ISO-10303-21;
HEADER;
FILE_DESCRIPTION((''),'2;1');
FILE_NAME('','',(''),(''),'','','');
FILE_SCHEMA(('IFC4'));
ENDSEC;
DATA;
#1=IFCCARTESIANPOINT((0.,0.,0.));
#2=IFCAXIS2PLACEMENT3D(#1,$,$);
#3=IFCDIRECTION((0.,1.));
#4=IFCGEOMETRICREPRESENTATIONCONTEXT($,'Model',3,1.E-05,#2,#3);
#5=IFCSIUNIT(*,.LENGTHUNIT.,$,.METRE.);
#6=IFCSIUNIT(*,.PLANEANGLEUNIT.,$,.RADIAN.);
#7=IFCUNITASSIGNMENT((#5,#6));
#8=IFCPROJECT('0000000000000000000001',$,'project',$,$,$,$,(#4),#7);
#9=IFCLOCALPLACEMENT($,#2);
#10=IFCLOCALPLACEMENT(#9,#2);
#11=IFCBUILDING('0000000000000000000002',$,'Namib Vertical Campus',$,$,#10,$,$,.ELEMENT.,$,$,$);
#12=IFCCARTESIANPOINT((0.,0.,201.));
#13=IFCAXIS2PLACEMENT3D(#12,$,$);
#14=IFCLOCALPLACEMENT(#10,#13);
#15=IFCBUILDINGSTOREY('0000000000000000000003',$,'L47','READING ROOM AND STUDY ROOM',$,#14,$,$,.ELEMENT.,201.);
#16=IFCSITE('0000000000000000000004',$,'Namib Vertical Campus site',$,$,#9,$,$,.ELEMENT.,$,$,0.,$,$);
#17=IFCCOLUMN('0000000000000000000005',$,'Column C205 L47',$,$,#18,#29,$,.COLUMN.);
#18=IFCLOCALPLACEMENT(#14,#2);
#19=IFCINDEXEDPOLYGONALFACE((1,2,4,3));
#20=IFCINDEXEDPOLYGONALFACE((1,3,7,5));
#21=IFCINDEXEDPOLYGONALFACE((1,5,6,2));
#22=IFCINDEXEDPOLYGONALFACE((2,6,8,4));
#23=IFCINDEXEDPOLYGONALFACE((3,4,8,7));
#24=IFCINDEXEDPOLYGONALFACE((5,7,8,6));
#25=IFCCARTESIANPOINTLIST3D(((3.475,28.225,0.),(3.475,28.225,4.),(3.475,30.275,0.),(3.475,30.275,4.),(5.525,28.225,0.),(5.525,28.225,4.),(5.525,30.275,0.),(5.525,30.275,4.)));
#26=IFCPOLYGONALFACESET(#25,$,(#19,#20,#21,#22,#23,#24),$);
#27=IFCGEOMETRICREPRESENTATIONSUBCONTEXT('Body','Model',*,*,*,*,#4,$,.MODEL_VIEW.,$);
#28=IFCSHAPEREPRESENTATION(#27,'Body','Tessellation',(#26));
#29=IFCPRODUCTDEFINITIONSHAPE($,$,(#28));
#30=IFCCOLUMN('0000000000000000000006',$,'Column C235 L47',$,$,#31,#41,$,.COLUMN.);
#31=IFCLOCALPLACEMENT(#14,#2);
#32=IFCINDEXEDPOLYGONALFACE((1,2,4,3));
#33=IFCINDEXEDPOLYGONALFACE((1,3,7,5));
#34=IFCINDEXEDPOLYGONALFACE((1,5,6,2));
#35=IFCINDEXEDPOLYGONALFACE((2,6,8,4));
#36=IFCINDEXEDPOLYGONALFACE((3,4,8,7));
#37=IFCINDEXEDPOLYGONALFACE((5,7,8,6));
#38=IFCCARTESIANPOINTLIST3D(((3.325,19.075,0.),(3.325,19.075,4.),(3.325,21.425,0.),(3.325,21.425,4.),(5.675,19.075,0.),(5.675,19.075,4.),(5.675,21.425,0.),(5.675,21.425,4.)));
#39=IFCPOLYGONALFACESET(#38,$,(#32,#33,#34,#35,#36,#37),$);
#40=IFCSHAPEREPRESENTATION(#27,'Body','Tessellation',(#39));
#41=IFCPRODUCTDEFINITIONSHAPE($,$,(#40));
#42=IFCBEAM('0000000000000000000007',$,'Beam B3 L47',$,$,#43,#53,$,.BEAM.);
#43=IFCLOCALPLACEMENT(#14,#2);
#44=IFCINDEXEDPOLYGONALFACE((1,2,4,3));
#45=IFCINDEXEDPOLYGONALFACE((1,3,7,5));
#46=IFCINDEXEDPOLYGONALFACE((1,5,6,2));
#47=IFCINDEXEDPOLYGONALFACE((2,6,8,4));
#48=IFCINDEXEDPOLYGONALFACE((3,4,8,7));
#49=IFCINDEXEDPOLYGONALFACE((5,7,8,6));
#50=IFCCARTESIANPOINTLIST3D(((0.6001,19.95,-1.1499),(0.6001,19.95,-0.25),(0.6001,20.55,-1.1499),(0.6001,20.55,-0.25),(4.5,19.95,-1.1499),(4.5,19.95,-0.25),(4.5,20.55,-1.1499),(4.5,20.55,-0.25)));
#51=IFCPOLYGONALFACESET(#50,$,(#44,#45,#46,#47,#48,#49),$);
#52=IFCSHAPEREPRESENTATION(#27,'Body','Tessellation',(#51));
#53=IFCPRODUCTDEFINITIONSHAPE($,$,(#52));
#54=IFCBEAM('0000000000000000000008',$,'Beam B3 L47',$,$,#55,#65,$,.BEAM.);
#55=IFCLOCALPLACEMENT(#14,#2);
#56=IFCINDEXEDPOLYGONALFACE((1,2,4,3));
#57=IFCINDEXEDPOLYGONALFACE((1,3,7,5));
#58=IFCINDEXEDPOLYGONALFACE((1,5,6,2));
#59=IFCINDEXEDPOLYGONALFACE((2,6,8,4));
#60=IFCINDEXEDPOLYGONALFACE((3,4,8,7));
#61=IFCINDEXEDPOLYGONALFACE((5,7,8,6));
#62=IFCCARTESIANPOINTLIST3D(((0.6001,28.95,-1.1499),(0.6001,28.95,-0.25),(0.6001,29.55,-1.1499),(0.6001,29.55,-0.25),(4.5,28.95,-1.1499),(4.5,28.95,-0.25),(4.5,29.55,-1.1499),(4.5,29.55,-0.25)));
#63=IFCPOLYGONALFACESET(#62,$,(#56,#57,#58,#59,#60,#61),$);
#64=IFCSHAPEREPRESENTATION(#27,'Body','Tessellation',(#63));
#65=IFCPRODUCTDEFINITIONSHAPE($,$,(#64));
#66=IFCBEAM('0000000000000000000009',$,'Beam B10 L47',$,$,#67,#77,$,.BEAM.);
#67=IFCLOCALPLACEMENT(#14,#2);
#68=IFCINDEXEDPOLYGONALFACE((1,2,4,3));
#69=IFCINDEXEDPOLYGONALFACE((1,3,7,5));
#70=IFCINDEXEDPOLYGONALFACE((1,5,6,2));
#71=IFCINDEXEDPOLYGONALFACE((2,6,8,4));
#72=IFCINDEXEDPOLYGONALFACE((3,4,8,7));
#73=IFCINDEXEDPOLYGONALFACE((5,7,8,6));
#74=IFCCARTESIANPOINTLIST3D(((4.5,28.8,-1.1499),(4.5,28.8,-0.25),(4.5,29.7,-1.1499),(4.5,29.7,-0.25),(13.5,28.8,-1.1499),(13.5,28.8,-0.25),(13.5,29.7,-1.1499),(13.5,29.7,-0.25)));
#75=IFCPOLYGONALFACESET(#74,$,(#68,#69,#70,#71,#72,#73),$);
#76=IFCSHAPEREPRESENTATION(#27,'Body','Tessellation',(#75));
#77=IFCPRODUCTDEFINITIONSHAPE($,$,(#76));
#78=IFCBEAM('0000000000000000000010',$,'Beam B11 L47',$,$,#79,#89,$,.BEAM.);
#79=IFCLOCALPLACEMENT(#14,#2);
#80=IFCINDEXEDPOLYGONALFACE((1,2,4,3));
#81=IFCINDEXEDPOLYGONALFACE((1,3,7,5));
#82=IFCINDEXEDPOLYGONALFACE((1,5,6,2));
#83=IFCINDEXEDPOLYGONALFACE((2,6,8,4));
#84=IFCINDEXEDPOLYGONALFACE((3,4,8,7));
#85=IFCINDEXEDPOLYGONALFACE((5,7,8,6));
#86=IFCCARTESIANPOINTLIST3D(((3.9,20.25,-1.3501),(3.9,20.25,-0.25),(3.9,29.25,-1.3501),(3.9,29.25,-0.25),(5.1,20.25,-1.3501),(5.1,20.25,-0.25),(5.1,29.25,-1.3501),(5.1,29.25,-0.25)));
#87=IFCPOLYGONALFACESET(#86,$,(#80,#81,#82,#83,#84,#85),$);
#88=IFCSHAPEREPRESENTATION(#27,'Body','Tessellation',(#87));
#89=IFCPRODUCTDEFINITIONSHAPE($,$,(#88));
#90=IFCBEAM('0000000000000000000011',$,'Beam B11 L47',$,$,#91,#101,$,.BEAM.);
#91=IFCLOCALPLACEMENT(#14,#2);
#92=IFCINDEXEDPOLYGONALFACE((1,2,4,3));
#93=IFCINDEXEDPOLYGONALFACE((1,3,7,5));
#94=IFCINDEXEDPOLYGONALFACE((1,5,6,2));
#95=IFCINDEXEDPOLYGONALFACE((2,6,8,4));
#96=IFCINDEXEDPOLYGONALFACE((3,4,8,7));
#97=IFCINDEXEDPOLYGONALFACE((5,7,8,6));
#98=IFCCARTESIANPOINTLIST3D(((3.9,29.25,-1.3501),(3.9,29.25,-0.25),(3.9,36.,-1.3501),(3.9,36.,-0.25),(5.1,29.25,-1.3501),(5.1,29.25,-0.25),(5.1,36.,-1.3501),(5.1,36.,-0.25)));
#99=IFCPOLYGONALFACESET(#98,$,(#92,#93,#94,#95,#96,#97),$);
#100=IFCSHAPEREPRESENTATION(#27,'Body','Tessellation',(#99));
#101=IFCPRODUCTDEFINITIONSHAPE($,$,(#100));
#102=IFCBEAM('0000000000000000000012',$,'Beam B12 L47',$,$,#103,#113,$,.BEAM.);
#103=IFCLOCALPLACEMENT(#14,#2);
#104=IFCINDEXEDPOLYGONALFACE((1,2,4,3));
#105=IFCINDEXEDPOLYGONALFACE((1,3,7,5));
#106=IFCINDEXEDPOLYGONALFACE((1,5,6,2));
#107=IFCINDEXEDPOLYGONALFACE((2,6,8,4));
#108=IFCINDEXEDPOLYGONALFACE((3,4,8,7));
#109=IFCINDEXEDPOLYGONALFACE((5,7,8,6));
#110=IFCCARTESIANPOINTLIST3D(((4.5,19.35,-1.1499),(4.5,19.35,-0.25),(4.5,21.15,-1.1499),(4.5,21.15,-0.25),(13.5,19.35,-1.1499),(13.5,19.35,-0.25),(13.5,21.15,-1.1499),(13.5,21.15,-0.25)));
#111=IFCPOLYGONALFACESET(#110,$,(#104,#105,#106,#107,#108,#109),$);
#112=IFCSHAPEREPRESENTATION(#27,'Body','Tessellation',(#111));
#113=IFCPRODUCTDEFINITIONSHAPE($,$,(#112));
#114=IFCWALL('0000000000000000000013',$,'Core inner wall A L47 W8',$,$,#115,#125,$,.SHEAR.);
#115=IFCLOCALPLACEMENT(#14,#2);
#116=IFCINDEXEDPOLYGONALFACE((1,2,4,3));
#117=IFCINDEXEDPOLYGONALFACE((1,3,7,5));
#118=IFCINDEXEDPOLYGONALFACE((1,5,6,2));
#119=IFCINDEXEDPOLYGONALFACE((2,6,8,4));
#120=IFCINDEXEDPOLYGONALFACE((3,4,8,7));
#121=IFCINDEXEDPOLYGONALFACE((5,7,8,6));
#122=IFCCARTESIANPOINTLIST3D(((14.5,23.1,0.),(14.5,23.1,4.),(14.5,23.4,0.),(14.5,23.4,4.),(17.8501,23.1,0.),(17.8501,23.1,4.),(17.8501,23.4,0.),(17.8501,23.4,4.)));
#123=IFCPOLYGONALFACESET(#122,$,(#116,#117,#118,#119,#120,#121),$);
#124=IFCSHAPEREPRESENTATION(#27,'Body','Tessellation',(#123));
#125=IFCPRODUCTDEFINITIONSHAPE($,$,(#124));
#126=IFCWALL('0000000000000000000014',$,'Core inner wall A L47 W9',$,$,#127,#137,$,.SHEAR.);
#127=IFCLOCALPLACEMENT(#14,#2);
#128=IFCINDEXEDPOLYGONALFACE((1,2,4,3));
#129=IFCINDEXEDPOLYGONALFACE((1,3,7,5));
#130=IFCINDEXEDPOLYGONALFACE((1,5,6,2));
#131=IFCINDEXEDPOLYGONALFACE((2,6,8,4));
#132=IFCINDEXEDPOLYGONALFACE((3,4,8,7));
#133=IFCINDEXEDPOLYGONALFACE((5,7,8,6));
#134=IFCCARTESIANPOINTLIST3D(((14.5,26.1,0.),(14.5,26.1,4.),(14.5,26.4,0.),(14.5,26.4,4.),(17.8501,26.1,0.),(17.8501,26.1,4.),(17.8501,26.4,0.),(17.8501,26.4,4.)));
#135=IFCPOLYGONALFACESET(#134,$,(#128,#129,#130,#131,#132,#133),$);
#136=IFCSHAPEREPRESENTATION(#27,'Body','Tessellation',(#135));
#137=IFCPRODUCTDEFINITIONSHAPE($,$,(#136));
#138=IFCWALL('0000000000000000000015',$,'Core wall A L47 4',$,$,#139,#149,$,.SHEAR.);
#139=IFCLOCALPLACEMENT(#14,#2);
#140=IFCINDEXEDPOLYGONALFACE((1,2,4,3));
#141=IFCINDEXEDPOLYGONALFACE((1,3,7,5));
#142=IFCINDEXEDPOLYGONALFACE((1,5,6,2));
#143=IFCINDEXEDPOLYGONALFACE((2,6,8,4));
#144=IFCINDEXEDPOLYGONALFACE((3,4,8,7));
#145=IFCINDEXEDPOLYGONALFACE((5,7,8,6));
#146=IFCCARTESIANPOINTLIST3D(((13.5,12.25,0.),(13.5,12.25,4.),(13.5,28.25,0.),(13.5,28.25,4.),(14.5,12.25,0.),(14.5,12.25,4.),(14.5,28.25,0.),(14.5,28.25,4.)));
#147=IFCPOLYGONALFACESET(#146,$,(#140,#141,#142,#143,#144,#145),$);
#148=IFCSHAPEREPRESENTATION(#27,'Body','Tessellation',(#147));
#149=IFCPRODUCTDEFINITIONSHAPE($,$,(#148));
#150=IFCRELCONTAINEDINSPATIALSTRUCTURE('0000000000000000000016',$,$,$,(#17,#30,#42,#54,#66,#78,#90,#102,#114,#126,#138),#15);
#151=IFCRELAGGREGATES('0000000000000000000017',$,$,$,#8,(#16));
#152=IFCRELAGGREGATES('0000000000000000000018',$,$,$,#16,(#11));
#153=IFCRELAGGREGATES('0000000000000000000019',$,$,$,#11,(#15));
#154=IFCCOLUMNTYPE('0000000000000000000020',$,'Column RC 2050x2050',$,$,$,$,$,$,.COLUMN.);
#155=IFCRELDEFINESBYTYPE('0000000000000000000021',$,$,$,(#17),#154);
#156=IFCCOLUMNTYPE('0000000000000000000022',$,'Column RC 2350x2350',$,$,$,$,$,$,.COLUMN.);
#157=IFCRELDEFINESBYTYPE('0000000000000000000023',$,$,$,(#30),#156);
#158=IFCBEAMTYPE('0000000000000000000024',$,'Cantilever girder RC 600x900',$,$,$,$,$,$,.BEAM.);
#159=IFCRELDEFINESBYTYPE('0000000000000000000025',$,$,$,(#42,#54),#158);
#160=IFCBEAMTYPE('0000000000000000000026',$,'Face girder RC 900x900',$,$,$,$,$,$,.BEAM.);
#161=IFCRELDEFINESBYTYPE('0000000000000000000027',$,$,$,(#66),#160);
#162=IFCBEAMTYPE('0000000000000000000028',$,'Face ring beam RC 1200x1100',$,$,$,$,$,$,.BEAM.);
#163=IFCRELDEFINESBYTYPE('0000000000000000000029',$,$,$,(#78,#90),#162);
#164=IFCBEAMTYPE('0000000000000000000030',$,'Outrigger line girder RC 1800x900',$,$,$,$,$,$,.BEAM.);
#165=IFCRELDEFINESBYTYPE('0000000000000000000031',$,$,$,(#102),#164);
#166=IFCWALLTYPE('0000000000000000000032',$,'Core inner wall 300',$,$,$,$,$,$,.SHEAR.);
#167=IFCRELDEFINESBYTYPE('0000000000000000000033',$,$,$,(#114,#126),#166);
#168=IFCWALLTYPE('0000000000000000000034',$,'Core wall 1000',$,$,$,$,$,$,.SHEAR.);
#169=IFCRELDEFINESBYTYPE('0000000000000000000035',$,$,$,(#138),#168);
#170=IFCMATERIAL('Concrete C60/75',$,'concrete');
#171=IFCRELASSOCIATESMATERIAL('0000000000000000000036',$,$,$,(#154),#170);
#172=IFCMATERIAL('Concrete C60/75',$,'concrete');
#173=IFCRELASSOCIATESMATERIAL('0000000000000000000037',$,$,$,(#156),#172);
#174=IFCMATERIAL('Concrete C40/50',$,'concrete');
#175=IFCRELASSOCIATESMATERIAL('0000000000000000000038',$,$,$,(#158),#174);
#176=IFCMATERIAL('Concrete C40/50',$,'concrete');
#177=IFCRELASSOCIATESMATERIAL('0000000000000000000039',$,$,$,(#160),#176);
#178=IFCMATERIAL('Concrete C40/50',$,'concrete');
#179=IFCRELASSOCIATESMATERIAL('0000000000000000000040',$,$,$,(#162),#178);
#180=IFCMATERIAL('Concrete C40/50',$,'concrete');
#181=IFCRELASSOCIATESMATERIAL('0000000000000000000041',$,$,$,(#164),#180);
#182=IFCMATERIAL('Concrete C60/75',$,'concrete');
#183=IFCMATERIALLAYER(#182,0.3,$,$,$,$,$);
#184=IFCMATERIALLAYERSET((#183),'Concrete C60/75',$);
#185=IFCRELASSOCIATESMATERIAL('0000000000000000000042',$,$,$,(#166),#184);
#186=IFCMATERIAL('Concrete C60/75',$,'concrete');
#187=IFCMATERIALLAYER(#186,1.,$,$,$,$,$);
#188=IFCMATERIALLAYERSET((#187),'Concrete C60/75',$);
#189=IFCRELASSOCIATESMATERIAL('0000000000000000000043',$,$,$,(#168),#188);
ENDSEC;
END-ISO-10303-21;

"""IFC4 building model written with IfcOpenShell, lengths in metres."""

from ifc_helpers import new_model, si_unit, direction, frame, frame_2d, origin, origin_2d, place, context, subcontext, project, spatial, rectangle, extrude, material, layer, layer_set, material_profile, profile_set, type_object, element, save


model = new_model("IFC4")

# Units and contexts
model_context = context("Model", 3, precision=1e-05, world=origin(), true_north=direction((0.0, 1.0)))
body_context = subcontext(model_context, "Body", "Model", "MODEL_VIEW")
ifc_project = project(units=[si_unit("LENGTHUNIT", "METRE"), si_unit("PLANEANGLEUNIT", "RADIAN")], contexts=[model_context])

# Site, building, storey
site_placement = place(None, origin())
site = spatial("IfcSite", under=ifc_project, at=site_placement, Name="Namib Vertical Campus site", CompositionType="ELEMENT", RefElevation=0.0)
building_placement = place(site_placement, origin())
building = spatial("IfcBuilding", under=site, at=building_placement, Name="Namib Vertical Campus", CompositionType="ELEMENT")
storey_placement = place(building_placement, frame((0.0, 0.0, 201.0)))
storey = spatial("IfcBuildingStorey", under=building, at=storey_placement, Name="L47", Description="READING ROOM AND STUDY ROOM", CompositionType="ELEMENT", Elevation=201.0)

# Columns
ifc_material_1 = material(Name="Concrete C60/75", Category="concrete")
ifc_material_profile_1 = material_profile(ifc_material_1, rectangle(XDim=2.05, YDim=2.05, at=origin_2d()))
ifc_profile_set_1 = profile_set([ifc_material_profile_1], Name="Concrete C60/75")
column_type_1 = type_object("IfcColumnType", Name="Column RC 2050x2050", PredefinedType="COLUMN", material=ifc_profile_set_1)
column_1_placement = place(storey_placement, frame((4.5, 29.25, 0.0), z_axis=(0.0, 0.0, 1.0), x_axis=(1.0, 0.0, 0.0)))
element("IfcColumn", 1, at=column_1_placement, inside=storey, type_object=column_type_1, Name="Column C205 L47", PredefinedType="COLUMN", context=body_context, shape_type="SweptSolid", body=[
    extrude(rectangle(XDim=2.05, YDim=2.05, at=origin_2d()), origin(), (0.0, 0.0, 1.0), 4.0),
])
ifc_material_2 = material(Name="Concrete C60/75", Category="concrete")
ifc_material_profile_2 = material_profile(ifc_material_2, rectangle(XDim=2.3501, YDim=2.3501, at=origin_2d()))
ifc_profile_set_2 = profile_set([ifc_material_profile_2], Name="Concrete C60/75")
column_type_2 = type_object("IfcColumnType", Name="Column RC 2350x2350", PredefinedType="COLUMN", material=ifc_profile_set_2)
column_2_placement = place(storey_placement, frame((4.5, 20.25, 0.0), z_axis=(0.0, 0.0, 1.0), x_axis=(1.0, 0.0, 0.0)))
element("IfcColumn", 2, at=column_2_placement, inside=storey, type_object=column_type_2, Name="Column C235 L47", PredefinedType="COLUMN", context=body_context, shape_type="SweptSolid", body=[
    extrude(rectangle(XDim=2.3501, YDim=2.3501, at=origin_2d()), origin(), (0.0, 0.0, 1.0), 4.0),
])

# Beams
ifc_material_3 = material(Name="Concrete C40/50", Category="concrete")
ifc_material_profile_3 = material_profile(ifc_material_3, rectangle(XDim=0.6001, YDim=0.8999, at=origin_2d()))
ifc_profile_set_3 = profile_set([ifc_material_profile_3], Name="Concrete C40/50")
beam_type_1 = type_object("IfcBeamType", Name="Cantilever girder RC 600x900", PredefinedType="BEAM", material=ifc_profile_set_3)
for number, where, z_axis, x_axis, name in (
    (3, (4.5, 20.25, -0.7), (-1.0, 0.0, 0.0), (0.0, -1.0, 0.0), "Beam B3 L47"),
    (4, (4.5, 29.25, -0.7), (-1.0, 0.0, 0.0), (0.0, -1.0, 0.0), "Beam B3 L47"),
):
    element("IfcBeam", number, at=place(storey_placement, frame(where, z_axis=z_axis, x_axis=x_axis)), inside=storey, type_object=beam_type_1, Name=name, PredefinedType="BEAM", context=body_context, shape_type="SweptSolid", body=[
        extrude(rectangle(XDim=0.6001, YDim=0.8999, at=origin_2d()), origin(), (0.0, 0.0, 1.0), 3.8999),
    ])
ifc_material_4 = material(Name="Concrete C40/50", Category="concrete")
ifc_material_profile_4 = material_profile(ifc_material_4, rectangle(XDim=0.8999, YDim=0.8999, at=origin_2d()))
ifc_profile_set_4 = profile_set([ifc_material_profile_4], Name="Concrete C40/50")
beam_type_2 = type_object("IfcBeamType", Name="Face girder RC 900x900", PredefinedType="BEAM", material=ifc_profile_set_4)
beam_1_placement = place(storey_placement, frame((4.5, 29.25, -0.7), z_axis=(1.0, 0.0, 0.0), x_axis=(0.0, 1.0, 0.0)))
element("IfcBeam", 5, at=beam_1_placement, inside=storey, type_object=beam_type_2, Name="Beam B10 L47", PredefinedType="BEAM", context=body_context, shape_type="SweptSolid", body=[
    extrude(rectangle(XDim=0.8999, YDim=0.8999, at=origin_2d()), origin(), (0.0, 0.0, 1.0), 9.0),
])
ifc_material_5 = material(Name="Concrete C40/50", Category="concrete")
ifc_material_profile_5 = material_profile(ifc_material_5, rectangle(XDim=1.2, YDim=1.1001, at=origin_2d()))
ifc_profile_set_5 = profile_set([ifc_material_profile_5], Name="Concrete C40/50")
beam_type_3 = type_object("IfcBeamType", Name="Face ring beam RC 1200x1100", PredefinedType="BEAM", material=ifc_profile_set_5)
beam_2_placement = place(storey_placement, frame((4.5, 20.25, -0.8), z_axis=(0.0, 1.0, 0.0), x_axis=(-1.0, 0.0, 0.0)))
element("IfcBeam", 6, at=beam_2_placement, inside=storey, type_object=beam_type_3, Name="Beam B11 L47", PredefinedType="BEAM", context=body_context, shape_type="SweptSolid", body=[
    extrude(rectangle(XDim=1.2, YDim=1.1001, at=origin_2d()), origin(), (0.0, 0.0, 1.0), 9.0),
])
beam_3_placement = place(storey_placement, frame((4.5, 29.25, -0.8), z_axis=(0.0, 1.0, 0.0), x_axis=(-1.0, 0.0, 0.0)))
element("IfcBeam", 7, at=beam_3_placement, inside=storey, type_object=beam_type_3, Name="Beam B11 L47", PredefinedType="BEAM", context=body_context, shape_type="SweptSolid", body=[
    extrude(rectangle(XDim=1.2, YDim=1.1001, at=origin_2d()), origin(), (0.0, 0.0, 1.0), 6.75),
])
ifc_material_6 = material(Name="Concrete C40/50", Category="concrete")
ifc_material_profile_6 = material_profile(ifc_material_6, rectangle(XDim=1.8, YDim=0.8999, at=origin_2d()))
ifc_profile_set_6 = profile_set([ifc_material_profile_6], Name="Concrete C40/50")
beam_type_4 = type_object("IfcBeamType", Name="Outrigger line girder RC 1800x900", PredefinedType="BEAM", material=ifc_profile_set_6)
beam_4_placement = place(storey_placement, frame((4.5, 20.25, -0.7), z_axis=(1.0, 0.0, 0.0), x_axis=(0.0, 1.0, 0.0)))
element("IfcBeam", 8, at=beam_4_placement, inside=storey, type_object=beam_type_4, Name="Beam B12 L47", PredefinedType="BEAM", context=body_context, shape_type="SweptSolid", body=[
    extrude(rectangle(XDim=1.8, YDim=0.8999, at=origin_2d()), origin(), (0.0, 0.0, 1.0), 9.0),
])

# Walls
ifc_material_7 = material(Name="Concrete C60/75", Category="concrete")
ifc_layer_1 = layer(ifc_material_7, 0.3)
ifc_layer_set_1 = layer_set([ifc_layer_1], Name="Concrete C60/75")
wall_type_1 = type_object("IfcWallType", Name="Core inner wall 300", PredefinedType="SHEAR", material=ifc_layer_set_1)
for number, where, z_axis, x_axis, name in (
    (9, (14.5, 23.25, 0.0), (0.0, 0.0, 1.0), (1.0, 0.0, 0.0), "Core inner wall A L47 W8"),
    (10, (14.5, 26.25, 0.0), (0.0, 0.0, 1.0), (1.0, 0.0, 0.0), "Core inner wall A L47 W9"),
):
    element("IfcWall", number, at=place(storey_placement, frame(where, z_axis=z_axis, x_axis=x_axis)), inside=storey, type_object=wall_type_1, Name=name, PredefinedType="SHEAR", context=body_context, shape_type="SweptSolid", body=[
        extrude(rectangle(XDim=3.3501, YDim=0.3, at=frame_2d((1.675, 0.0))), origin(), (0.0, 0.0, 1.0), 4.0),
    ])
ifc_material_8 = material(Name="Concrete C60/75", Category="concrete")
ifc_layer_2 = layer(ifc_material_8, 1.0)
ifc_layer_set_2 = layer_set([ifc_layer_2], Name="Concrete C60/75")
wall_type_2 = type_object("IfcWallType", Name="Core wall 1000", PredefinedType="SHEAR", material=ifc_layer_set_2)
wall_1_placement = place(storey_placement, frame((14.0, 28.25, 0.0), z_axis=(0.0, 0.0, 1.0), x_axis=(0.0, -1.0, 0.0)))
element("IfcWall", 11, at=wall_1_placement, inside=storey, type_object=wall_type_2, Name="Core wall A L47 4", PredefinedType="SHEAR", context=body_context, shape_type="SweptSolid", body=[
    extrude(rectangle(XDim=16.0, YDim=1.0, at=frame_2d((8.0, 0.0))), origin(), (0.0, 0.0, 1.0), 4.0),
])

save(model, "model.ifc")
